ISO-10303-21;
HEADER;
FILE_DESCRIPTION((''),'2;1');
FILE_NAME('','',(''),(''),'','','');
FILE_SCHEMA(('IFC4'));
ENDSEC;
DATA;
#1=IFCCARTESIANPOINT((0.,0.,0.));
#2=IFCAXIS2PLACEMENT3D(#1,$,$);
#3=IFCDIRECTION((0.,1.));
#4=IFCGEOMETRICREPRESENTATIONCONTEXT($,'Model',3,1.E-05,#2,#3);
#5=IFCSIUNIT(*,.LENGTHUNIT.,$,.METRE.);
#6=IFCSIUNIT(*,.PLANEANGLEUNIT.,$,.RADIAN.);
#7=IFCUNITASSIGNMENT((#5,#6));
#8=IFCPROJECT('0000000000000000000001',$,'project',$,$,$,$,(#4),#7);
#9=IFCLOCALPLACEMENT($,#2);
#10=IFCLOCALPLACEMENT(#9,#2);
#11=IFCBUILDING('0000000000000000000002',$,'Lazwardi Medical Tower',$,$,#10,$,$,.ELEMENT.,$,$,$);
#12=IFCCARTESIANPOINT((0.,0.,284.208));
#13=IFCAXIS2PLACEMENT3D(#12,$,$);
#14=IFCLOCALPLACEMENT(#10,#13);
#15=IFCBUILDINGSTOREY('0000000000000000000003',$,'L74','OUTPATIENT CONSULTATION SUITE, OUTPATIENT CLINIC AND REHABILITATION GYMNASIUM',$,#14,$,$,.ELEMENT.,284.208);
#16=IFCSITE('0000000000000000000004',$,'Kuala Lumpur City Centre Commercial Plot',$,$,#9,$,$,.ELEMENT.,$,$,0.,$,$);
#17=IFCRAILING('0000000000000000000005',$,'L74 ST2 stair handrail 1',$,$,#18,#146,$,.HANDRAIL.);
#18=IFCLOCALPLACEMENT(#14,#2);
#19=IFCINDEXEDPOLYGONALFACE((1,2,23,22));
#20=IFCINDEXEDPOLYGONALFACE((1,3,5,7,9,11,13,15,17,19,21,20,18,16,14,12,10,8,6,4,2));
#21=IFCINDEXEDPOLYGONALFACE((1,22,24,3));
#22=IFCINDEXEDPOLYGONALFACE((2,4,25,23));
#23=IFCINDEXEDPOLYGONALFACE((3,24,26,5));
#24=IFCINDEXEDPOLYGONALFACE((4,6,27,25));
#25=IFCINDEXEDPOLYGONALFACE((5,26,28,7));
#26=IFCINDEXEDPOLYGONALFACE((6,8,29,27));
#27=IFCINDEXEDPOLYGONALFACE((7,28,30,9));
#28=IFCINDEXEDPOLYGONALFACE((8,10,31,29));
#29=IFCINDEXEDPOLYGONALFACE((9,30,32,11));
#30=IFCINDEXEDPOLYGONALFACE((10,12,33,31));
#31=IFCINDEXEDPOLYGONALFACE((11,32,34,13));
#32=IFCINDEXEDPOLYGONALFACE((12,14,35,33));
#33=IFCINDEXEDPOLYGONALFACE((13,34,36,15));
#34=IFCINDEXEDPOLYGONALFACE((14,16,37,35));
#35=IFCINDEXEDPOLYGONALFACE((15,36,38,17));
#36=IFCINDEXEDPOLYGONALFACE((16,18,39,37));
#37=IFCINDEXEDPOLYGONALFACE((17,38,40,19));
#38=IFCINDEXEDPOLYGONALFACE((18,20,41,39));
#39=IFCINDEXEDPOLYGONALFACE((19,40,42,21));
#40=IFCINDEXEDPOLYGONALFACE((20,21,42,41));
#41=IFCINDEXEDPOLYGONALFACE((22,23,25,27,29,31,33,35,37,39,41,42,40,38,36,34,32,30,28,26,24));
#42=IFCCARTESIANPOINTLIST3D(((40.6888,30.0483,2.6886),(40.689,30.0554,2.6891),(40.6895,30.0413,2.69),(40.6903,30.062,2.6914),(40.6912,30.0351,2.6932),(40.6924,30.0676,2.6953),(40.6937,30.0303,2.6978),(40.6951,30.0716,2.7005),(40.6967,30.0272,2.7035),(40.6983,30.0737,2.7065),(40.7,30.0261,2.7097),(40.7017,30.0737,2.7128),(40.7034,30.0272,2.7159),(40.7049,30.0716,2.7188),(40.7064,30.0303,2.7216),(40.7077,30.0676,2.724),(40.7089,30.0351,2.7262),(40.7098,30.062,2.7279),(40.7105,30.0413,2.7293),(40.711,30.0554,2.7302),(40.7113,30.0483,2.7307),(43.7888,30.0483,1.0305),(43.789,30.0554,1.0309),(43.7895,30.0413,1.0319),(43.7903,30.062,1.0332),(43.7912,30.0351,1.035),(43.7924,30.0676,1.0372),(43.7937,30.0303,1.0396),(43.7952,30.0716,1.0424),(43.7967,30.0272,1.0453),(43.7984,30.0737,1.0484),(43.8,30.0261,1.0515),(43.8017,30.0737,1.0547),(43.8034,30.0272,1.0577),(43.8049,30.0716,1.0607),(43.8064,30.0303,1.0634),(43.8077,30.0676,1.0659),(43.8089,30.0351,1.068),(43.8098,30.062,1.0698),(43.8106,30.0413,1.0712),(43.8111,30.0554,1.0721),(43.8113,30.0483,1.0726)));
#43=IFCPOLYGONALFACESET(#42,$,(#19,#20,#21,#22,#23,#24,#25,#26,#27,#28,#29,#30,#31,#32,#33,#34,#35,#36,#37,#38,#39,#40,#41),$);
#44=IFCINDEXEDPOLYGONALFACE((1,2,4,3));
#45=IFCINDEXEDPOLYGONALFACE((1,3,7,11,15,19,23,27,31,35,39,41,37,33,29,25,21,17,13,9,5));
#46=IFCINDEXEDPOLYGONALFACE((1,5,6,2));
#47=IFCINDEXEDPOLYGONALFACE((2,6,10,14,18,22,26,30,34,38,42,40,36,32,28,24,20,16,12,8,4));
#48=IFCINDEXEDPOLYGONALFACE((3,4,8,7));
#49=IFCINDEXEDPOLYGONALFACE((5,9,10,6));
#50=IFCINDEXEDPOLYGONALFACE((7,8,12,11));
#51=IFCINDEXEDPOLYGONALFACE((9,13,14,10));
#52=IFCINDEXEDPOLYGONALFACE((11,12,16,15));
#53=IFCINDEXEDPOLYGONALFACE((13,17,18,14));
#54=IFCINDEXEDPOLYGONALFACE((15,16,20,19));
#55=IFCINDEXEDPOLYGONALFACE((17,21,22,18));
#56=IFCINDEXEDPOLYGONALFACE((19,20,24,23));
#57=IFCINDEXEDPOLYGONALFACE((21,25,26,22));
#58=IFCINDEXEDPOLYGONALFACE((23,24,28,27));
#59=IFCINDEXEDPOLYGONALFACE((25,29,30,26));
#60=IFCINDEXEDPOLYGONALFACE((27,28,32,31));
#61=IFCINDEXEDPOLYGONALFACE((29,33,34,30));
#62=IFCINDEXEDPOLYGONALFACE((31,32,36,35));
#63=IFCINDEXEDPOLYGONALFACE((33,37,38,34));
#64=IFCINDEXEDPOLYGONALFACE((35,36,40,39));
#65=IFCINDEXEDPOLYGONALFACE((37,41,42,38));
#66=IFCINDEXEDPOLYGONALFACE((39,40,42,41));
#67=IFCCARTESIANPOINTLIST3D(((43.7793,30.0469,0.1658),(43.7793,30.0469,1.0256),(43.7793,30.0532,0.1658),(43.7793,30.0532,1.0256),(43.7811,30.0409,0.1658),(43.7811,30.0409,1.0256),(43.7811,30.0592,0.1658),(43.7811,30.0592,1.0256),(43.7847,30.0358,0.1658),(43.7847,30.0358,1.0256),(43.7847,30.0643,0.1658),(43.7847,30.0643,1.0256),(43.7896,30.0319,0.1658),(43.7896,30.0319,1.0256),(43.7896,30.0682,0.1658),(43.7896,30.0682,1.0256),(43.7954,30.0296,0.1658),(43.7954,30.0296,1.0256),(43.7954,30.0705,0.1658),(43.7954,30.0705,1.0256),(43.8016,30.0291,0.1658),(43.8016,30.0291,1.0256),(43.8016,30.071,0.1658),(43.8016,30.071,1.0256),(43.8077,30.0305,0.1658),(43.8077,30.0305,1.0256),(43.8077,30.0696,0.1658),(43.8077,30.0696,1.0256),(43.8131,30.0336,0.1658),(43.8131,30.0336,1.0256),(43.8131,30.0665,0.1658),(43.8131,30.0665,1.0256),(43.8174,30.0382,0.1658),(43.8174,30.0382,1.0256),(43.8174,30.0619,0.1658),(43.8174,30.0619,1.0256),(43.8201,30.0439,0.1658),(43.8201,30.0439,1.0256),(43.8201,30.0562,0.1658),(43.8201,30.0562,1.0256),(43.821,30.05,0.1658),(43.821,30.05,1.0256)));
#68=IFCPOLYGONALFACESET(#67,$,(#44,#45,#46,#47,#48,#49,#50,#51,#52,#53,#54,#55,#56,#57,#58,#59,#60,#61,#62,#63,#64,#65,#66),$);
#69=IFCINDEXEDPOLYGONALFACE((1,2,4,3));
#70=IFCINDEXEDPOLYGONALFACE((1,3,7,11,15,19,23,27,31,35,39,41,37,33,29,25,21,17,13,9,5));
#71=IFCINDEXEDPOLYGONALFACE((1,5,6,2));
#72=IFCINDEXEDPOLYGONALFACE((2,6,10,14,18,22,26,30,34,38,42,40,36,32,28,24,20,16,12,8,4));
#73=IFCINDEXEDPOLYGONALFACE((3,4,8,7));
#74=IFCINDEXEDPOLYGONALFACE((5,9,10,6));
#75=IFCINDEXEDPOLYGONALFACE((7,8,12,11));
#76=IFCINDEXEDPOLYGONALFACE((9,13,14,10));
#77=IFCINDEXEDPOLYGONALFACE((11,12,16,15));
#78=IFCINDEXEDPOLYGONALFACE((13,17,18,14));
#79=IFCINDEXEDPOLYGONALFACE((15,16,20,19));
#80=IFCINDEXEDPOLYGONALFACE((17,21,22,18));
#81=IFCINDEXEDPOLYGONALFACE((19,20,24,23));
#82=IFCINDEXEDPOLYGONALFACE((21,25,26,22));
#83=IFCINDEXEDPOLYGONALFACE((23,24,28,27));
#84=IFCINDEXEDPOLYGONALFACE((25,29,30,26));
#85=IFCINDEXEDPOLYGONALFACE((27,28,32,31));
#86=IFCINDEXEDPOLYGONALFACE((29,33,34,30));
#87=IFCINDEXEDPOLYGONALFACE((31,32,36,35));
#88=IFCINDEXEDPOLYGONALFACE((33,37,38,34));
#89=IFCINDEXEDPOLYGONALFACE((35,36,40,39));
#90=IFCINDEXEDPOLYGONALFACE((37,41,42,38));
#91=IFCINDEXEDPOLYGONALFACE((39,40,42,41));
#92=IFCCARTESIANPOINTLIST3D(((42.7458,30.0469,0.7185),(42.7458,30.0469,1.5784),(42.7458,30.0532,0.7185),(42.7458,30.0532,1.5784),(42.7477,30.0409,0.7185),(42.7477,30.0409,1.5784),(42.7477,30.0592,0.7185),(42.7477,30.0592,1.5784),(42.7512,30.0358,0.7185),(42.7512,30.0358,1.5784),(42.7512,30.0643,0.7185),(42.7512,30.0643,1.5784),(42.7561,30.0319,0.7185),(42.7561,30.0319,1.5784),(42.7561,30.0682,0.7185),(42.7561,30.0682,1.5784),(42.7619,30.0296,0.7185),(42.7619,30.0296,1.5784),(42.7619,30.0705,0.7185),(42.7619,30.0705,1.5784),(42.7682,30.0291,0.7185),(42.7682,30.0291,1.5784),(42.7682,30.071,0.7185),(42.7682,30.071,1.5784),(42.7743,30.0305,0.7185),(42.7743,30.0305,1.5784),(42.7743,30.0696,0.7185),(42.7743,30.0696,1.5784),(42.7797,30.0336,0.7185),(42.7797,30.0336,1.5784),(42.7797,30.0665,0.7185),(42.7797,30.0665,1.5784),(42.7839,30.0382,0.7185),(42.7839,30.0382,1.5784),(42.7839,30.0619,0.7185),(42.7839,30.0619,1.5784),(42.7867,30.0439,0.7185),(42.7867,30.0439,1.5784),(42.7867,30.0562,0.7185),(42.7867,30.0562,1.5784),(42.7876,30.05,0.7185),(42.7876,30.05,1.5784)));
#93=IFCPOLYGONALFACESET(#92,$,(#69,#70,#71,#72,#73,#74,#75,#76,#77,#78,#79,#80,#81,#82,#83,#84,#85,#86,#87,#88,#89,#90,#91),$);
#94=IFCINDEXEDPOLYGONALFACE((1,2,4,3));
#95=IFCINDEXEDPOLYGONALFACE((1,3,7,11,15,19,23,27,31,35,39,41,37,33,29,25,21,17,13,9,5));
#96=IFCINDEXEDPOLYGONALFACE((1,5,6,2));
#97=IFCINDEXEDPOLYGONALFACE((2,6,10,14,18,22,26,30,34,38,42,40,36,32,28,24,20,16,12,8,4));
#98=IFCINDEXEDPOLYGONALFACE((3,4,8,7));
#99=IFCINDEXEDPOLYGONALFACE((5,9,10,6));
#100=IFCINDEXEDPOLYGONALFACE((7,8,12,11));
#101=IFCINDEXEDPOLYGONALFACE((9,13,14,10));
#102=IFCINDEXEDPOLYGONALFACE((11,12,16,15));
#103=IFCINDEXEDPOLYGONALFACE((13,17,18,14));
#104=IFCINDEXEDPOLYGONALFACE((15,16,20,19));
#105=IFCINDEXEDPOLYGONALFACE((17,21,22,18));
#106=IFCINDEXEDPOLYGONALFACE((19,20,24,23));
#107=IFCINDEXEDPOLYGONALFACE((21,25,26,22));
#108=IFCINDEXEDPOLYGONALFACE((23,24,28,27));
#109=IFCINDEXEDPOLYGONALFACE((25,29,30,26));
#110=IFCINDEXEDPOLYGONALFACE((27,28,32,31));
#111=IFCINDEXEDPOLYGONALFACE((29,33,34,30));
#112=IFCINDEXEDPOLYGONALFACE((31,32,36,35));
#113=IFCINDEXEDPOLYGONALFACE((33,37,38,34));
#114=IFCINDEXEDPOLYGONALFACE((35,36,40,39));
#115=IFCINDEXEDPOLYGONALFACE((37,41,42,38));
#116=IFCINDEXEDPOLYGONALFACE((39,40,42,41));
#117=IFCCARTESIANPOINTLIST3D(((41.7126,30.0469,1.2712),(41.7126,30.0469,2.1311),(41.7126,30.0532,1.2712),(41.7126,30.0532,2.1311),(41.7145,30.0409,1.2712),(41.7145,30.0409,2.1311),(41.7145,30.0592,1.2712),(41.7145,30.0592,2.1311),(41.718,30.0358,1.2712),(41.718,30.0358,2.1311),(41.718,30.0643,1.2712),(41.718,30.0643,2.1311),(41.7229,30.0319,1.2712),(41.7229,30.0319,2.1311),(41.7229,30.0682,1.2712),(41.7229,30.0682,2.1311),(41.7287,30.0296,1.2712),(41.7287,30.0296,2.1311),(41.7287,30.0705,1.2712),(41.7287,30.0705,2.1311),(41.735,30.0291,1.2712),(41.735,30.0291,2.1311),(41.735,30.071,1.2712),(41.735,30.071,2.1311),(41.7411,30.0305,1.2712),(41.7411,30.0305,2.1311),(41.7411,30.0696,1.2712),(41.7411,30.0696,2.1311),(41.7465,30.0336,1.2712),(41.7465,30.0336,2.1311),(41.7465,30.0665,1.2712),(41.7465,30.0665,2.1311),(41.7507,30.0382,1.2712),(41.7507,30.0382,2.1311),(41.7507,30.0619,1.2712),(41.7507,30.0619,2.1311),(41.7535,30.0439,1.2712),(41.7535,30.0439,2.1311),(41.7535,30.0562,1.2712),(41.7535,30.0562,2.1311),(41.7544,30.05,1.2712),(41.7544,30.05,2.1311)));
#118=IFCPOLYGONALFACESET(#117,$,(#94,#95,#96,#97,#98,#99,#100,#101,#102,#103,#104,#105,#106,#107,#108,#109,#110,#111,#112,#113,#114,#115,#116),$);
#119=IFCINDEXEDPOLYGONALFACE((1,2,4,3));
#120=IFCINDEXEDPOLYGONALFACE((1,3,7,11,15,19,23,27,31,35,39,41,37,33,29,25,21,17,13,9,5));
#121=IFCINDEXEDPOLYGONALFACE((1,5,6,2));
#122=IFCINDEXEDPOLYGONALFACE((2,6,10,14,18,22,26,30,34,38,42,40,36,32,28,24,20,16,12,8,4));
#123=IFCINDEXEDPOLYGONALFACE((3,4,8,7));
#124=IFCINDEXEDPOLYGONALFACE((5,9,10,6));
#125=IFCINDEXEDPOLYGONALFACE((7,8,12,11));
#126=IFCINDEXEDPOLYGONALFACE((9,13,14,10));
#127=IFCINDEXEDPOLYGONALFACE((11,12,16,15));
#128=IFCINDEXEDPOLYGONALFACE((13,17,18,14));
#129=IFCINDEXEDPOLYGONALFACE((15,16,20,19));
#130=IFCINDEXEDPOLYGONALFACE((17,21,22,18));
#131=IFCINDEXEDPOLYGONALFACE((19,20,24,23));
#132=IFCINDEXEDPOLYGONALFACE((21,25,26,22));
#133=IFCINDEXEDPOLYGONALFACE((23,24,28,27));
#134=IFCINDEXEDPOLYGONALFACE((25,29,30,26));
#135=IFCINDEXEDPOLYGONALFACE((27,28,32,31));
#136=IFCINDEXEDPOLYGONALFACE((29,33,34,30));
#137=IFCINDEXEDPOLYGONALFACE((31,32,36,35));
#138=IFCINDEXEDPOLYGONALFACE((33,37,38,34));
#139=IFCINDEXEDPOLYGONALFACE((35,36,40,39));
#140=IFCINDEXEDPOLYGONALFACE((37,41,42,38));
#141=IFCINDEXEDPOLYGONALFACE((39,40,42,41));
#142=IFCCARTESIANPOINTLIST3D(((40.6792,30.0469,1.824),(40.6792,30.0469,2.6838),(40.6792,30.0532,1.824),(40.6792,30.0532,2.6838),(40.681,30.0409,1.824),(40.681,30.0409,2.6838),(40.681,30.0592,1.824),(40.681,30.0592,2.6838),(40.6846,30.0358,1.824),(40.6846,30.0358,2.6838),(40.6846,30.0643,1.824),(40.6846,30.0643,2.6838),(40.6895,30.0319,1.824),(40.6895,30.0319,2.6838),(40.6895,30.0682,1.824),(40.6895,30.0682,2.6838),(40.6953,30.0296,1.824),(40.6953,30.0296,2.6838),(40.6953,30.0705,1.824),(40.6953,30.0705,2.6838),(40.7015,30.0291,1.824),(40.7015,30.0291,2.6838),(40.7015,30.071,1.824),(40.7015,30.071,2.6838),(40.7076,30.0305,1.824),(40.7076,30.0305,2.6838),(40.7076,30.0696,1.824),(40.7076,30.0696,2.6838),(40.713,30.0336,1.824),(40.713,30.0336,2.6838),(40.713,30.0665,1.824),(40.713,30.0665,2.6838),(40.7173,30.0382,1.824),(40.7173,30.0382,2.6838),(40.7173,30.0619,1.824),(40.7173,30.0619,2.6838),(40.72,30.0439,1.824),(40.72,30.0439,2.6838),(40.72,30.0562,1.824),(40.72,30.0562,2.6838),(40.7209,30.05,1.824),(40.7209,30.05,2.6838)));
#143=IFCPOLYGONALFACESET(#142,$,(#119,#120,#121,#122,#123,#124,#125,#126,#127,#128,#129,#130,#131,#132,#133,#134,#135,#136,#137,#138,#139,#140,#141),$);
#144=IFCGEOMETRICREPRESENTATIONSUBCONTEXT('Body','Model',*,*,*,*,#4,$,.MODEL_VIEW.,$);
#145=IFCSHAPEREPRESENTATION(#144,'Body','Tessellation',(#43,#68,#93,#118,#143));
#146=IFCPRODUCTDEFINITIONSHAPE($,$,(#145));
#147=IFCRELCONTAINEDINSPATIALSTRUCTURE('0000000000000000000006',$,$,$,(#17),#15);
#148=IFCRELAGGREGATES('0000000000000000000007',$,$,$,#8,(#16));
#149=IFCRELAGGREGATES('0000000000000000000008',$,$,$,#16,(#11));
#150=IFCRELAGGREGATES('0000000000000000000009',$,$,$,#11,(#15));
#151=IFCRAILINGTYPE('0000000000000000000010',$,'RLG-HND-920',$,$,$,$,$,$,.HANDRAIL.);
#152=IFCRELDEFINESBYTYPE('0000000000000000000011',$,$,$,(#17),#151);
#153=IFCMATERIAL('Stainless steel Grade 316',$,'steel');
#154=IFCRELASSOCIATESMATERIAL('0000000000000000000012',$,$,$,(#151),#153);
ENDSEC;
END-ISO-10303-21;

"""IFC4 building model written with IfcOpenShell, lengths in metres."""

from ifc_helpers import new_model, si_unit, direction, frame, origin, origin_2d, place, context, subcontext, project, spatial, circle, extrude, material, type_object, element, save


model = new_model("IFC4")

# Units and contexts
model_context = context("Model", 3, precision=1e-05, world=origin(), true_north=direction((0.0, 1.0)))
body_context = subcontext(model_context, "Body", "Model", "MODEL_VIEW")
ifc_project = project(units=[si_unit("LENGTHUNIT", "METRE"), si_unit("PLANEANGLEUNIT", "RADIAN")], contexts=[model_context])

# Site, building, storey
site_placement = place(None, origin())
site = spatial("IfcSite", under=ifc_project, at=site_placement, Name="Kuala Lumpur City Centre Commercial Plot", CompositionType="ELEMENT", RefElevation=0.0)
building_placement = place(site_placement, origin())
building = spatial("IfcBuilding", under=site, at=building_placement, Name="Lazwardi Medical Tower", CompositionType="ELEMENT")
storey_placement = place(building_placement, frame((0.0, 0.0, 284.208)))
storey = spatial("IfcBuildingStorey", under=building, at=storey_placement, Name="L74", Description="OUTPATIENT CONSULTATION SUITE, OUTPATIENT CLINIC AND REHABILITATION GYMNASIUM", CompositionType="ELEMENT", Elevation=284.208)

# Railing
ifc_material_1 = material(Name="Stainless steel Grade 316", Category="steel")
railing_type_1 = type_object("IfcRailingType", Name="RLG-HND-920", PredefinedType="HANDRAIL", material=ifc_material_1)
railing_1_placement = place(storey_placement, frame((43.8, 30.05, 0.1658)))
element("IfcRailing", 1, at=railing_1_placement, inside=storey, type_object=railing_type_1, Name="L74 ST2 stair handrail 1", PredefinedType="HANDRAIL", context=body_context, shape_type="SweptSolid", body=[
    extrude(circle(Radius=0.0239, at=origin_2d()), frame((0.0, 0.0, 0.8857), z_axis=(-0.881783, 0.0, 0.471655), x_axis=(0.0, -1.0, 0.0)), (0.0, 0.0, 1.0), 3.5156),
    extrude(circle(Radius=0.021, at=origin_2d()), origin(), (0.0, 0.0, 1.0), 0.8599),
    extrude(circle(Radius=0.021, at=origin_2d()), frame((-1.0334, 0.0, 0.5527)), (0.0, 0.0, 1.0), 0.8599),
    extrude(circle(Radius=0.021, at=origin_2d()), frame((-2.0667, 0.0, 1.1055)), (0.0, 0.0, 1.0), 0.8599),
    extrude(circle(Radius=0.021, at=origin_2d()), frame((-3.1001, 0.0, 1.6582)), (0.0, 0.0, 1.0), 0.8599),
])

save(model, "model.ifc")
